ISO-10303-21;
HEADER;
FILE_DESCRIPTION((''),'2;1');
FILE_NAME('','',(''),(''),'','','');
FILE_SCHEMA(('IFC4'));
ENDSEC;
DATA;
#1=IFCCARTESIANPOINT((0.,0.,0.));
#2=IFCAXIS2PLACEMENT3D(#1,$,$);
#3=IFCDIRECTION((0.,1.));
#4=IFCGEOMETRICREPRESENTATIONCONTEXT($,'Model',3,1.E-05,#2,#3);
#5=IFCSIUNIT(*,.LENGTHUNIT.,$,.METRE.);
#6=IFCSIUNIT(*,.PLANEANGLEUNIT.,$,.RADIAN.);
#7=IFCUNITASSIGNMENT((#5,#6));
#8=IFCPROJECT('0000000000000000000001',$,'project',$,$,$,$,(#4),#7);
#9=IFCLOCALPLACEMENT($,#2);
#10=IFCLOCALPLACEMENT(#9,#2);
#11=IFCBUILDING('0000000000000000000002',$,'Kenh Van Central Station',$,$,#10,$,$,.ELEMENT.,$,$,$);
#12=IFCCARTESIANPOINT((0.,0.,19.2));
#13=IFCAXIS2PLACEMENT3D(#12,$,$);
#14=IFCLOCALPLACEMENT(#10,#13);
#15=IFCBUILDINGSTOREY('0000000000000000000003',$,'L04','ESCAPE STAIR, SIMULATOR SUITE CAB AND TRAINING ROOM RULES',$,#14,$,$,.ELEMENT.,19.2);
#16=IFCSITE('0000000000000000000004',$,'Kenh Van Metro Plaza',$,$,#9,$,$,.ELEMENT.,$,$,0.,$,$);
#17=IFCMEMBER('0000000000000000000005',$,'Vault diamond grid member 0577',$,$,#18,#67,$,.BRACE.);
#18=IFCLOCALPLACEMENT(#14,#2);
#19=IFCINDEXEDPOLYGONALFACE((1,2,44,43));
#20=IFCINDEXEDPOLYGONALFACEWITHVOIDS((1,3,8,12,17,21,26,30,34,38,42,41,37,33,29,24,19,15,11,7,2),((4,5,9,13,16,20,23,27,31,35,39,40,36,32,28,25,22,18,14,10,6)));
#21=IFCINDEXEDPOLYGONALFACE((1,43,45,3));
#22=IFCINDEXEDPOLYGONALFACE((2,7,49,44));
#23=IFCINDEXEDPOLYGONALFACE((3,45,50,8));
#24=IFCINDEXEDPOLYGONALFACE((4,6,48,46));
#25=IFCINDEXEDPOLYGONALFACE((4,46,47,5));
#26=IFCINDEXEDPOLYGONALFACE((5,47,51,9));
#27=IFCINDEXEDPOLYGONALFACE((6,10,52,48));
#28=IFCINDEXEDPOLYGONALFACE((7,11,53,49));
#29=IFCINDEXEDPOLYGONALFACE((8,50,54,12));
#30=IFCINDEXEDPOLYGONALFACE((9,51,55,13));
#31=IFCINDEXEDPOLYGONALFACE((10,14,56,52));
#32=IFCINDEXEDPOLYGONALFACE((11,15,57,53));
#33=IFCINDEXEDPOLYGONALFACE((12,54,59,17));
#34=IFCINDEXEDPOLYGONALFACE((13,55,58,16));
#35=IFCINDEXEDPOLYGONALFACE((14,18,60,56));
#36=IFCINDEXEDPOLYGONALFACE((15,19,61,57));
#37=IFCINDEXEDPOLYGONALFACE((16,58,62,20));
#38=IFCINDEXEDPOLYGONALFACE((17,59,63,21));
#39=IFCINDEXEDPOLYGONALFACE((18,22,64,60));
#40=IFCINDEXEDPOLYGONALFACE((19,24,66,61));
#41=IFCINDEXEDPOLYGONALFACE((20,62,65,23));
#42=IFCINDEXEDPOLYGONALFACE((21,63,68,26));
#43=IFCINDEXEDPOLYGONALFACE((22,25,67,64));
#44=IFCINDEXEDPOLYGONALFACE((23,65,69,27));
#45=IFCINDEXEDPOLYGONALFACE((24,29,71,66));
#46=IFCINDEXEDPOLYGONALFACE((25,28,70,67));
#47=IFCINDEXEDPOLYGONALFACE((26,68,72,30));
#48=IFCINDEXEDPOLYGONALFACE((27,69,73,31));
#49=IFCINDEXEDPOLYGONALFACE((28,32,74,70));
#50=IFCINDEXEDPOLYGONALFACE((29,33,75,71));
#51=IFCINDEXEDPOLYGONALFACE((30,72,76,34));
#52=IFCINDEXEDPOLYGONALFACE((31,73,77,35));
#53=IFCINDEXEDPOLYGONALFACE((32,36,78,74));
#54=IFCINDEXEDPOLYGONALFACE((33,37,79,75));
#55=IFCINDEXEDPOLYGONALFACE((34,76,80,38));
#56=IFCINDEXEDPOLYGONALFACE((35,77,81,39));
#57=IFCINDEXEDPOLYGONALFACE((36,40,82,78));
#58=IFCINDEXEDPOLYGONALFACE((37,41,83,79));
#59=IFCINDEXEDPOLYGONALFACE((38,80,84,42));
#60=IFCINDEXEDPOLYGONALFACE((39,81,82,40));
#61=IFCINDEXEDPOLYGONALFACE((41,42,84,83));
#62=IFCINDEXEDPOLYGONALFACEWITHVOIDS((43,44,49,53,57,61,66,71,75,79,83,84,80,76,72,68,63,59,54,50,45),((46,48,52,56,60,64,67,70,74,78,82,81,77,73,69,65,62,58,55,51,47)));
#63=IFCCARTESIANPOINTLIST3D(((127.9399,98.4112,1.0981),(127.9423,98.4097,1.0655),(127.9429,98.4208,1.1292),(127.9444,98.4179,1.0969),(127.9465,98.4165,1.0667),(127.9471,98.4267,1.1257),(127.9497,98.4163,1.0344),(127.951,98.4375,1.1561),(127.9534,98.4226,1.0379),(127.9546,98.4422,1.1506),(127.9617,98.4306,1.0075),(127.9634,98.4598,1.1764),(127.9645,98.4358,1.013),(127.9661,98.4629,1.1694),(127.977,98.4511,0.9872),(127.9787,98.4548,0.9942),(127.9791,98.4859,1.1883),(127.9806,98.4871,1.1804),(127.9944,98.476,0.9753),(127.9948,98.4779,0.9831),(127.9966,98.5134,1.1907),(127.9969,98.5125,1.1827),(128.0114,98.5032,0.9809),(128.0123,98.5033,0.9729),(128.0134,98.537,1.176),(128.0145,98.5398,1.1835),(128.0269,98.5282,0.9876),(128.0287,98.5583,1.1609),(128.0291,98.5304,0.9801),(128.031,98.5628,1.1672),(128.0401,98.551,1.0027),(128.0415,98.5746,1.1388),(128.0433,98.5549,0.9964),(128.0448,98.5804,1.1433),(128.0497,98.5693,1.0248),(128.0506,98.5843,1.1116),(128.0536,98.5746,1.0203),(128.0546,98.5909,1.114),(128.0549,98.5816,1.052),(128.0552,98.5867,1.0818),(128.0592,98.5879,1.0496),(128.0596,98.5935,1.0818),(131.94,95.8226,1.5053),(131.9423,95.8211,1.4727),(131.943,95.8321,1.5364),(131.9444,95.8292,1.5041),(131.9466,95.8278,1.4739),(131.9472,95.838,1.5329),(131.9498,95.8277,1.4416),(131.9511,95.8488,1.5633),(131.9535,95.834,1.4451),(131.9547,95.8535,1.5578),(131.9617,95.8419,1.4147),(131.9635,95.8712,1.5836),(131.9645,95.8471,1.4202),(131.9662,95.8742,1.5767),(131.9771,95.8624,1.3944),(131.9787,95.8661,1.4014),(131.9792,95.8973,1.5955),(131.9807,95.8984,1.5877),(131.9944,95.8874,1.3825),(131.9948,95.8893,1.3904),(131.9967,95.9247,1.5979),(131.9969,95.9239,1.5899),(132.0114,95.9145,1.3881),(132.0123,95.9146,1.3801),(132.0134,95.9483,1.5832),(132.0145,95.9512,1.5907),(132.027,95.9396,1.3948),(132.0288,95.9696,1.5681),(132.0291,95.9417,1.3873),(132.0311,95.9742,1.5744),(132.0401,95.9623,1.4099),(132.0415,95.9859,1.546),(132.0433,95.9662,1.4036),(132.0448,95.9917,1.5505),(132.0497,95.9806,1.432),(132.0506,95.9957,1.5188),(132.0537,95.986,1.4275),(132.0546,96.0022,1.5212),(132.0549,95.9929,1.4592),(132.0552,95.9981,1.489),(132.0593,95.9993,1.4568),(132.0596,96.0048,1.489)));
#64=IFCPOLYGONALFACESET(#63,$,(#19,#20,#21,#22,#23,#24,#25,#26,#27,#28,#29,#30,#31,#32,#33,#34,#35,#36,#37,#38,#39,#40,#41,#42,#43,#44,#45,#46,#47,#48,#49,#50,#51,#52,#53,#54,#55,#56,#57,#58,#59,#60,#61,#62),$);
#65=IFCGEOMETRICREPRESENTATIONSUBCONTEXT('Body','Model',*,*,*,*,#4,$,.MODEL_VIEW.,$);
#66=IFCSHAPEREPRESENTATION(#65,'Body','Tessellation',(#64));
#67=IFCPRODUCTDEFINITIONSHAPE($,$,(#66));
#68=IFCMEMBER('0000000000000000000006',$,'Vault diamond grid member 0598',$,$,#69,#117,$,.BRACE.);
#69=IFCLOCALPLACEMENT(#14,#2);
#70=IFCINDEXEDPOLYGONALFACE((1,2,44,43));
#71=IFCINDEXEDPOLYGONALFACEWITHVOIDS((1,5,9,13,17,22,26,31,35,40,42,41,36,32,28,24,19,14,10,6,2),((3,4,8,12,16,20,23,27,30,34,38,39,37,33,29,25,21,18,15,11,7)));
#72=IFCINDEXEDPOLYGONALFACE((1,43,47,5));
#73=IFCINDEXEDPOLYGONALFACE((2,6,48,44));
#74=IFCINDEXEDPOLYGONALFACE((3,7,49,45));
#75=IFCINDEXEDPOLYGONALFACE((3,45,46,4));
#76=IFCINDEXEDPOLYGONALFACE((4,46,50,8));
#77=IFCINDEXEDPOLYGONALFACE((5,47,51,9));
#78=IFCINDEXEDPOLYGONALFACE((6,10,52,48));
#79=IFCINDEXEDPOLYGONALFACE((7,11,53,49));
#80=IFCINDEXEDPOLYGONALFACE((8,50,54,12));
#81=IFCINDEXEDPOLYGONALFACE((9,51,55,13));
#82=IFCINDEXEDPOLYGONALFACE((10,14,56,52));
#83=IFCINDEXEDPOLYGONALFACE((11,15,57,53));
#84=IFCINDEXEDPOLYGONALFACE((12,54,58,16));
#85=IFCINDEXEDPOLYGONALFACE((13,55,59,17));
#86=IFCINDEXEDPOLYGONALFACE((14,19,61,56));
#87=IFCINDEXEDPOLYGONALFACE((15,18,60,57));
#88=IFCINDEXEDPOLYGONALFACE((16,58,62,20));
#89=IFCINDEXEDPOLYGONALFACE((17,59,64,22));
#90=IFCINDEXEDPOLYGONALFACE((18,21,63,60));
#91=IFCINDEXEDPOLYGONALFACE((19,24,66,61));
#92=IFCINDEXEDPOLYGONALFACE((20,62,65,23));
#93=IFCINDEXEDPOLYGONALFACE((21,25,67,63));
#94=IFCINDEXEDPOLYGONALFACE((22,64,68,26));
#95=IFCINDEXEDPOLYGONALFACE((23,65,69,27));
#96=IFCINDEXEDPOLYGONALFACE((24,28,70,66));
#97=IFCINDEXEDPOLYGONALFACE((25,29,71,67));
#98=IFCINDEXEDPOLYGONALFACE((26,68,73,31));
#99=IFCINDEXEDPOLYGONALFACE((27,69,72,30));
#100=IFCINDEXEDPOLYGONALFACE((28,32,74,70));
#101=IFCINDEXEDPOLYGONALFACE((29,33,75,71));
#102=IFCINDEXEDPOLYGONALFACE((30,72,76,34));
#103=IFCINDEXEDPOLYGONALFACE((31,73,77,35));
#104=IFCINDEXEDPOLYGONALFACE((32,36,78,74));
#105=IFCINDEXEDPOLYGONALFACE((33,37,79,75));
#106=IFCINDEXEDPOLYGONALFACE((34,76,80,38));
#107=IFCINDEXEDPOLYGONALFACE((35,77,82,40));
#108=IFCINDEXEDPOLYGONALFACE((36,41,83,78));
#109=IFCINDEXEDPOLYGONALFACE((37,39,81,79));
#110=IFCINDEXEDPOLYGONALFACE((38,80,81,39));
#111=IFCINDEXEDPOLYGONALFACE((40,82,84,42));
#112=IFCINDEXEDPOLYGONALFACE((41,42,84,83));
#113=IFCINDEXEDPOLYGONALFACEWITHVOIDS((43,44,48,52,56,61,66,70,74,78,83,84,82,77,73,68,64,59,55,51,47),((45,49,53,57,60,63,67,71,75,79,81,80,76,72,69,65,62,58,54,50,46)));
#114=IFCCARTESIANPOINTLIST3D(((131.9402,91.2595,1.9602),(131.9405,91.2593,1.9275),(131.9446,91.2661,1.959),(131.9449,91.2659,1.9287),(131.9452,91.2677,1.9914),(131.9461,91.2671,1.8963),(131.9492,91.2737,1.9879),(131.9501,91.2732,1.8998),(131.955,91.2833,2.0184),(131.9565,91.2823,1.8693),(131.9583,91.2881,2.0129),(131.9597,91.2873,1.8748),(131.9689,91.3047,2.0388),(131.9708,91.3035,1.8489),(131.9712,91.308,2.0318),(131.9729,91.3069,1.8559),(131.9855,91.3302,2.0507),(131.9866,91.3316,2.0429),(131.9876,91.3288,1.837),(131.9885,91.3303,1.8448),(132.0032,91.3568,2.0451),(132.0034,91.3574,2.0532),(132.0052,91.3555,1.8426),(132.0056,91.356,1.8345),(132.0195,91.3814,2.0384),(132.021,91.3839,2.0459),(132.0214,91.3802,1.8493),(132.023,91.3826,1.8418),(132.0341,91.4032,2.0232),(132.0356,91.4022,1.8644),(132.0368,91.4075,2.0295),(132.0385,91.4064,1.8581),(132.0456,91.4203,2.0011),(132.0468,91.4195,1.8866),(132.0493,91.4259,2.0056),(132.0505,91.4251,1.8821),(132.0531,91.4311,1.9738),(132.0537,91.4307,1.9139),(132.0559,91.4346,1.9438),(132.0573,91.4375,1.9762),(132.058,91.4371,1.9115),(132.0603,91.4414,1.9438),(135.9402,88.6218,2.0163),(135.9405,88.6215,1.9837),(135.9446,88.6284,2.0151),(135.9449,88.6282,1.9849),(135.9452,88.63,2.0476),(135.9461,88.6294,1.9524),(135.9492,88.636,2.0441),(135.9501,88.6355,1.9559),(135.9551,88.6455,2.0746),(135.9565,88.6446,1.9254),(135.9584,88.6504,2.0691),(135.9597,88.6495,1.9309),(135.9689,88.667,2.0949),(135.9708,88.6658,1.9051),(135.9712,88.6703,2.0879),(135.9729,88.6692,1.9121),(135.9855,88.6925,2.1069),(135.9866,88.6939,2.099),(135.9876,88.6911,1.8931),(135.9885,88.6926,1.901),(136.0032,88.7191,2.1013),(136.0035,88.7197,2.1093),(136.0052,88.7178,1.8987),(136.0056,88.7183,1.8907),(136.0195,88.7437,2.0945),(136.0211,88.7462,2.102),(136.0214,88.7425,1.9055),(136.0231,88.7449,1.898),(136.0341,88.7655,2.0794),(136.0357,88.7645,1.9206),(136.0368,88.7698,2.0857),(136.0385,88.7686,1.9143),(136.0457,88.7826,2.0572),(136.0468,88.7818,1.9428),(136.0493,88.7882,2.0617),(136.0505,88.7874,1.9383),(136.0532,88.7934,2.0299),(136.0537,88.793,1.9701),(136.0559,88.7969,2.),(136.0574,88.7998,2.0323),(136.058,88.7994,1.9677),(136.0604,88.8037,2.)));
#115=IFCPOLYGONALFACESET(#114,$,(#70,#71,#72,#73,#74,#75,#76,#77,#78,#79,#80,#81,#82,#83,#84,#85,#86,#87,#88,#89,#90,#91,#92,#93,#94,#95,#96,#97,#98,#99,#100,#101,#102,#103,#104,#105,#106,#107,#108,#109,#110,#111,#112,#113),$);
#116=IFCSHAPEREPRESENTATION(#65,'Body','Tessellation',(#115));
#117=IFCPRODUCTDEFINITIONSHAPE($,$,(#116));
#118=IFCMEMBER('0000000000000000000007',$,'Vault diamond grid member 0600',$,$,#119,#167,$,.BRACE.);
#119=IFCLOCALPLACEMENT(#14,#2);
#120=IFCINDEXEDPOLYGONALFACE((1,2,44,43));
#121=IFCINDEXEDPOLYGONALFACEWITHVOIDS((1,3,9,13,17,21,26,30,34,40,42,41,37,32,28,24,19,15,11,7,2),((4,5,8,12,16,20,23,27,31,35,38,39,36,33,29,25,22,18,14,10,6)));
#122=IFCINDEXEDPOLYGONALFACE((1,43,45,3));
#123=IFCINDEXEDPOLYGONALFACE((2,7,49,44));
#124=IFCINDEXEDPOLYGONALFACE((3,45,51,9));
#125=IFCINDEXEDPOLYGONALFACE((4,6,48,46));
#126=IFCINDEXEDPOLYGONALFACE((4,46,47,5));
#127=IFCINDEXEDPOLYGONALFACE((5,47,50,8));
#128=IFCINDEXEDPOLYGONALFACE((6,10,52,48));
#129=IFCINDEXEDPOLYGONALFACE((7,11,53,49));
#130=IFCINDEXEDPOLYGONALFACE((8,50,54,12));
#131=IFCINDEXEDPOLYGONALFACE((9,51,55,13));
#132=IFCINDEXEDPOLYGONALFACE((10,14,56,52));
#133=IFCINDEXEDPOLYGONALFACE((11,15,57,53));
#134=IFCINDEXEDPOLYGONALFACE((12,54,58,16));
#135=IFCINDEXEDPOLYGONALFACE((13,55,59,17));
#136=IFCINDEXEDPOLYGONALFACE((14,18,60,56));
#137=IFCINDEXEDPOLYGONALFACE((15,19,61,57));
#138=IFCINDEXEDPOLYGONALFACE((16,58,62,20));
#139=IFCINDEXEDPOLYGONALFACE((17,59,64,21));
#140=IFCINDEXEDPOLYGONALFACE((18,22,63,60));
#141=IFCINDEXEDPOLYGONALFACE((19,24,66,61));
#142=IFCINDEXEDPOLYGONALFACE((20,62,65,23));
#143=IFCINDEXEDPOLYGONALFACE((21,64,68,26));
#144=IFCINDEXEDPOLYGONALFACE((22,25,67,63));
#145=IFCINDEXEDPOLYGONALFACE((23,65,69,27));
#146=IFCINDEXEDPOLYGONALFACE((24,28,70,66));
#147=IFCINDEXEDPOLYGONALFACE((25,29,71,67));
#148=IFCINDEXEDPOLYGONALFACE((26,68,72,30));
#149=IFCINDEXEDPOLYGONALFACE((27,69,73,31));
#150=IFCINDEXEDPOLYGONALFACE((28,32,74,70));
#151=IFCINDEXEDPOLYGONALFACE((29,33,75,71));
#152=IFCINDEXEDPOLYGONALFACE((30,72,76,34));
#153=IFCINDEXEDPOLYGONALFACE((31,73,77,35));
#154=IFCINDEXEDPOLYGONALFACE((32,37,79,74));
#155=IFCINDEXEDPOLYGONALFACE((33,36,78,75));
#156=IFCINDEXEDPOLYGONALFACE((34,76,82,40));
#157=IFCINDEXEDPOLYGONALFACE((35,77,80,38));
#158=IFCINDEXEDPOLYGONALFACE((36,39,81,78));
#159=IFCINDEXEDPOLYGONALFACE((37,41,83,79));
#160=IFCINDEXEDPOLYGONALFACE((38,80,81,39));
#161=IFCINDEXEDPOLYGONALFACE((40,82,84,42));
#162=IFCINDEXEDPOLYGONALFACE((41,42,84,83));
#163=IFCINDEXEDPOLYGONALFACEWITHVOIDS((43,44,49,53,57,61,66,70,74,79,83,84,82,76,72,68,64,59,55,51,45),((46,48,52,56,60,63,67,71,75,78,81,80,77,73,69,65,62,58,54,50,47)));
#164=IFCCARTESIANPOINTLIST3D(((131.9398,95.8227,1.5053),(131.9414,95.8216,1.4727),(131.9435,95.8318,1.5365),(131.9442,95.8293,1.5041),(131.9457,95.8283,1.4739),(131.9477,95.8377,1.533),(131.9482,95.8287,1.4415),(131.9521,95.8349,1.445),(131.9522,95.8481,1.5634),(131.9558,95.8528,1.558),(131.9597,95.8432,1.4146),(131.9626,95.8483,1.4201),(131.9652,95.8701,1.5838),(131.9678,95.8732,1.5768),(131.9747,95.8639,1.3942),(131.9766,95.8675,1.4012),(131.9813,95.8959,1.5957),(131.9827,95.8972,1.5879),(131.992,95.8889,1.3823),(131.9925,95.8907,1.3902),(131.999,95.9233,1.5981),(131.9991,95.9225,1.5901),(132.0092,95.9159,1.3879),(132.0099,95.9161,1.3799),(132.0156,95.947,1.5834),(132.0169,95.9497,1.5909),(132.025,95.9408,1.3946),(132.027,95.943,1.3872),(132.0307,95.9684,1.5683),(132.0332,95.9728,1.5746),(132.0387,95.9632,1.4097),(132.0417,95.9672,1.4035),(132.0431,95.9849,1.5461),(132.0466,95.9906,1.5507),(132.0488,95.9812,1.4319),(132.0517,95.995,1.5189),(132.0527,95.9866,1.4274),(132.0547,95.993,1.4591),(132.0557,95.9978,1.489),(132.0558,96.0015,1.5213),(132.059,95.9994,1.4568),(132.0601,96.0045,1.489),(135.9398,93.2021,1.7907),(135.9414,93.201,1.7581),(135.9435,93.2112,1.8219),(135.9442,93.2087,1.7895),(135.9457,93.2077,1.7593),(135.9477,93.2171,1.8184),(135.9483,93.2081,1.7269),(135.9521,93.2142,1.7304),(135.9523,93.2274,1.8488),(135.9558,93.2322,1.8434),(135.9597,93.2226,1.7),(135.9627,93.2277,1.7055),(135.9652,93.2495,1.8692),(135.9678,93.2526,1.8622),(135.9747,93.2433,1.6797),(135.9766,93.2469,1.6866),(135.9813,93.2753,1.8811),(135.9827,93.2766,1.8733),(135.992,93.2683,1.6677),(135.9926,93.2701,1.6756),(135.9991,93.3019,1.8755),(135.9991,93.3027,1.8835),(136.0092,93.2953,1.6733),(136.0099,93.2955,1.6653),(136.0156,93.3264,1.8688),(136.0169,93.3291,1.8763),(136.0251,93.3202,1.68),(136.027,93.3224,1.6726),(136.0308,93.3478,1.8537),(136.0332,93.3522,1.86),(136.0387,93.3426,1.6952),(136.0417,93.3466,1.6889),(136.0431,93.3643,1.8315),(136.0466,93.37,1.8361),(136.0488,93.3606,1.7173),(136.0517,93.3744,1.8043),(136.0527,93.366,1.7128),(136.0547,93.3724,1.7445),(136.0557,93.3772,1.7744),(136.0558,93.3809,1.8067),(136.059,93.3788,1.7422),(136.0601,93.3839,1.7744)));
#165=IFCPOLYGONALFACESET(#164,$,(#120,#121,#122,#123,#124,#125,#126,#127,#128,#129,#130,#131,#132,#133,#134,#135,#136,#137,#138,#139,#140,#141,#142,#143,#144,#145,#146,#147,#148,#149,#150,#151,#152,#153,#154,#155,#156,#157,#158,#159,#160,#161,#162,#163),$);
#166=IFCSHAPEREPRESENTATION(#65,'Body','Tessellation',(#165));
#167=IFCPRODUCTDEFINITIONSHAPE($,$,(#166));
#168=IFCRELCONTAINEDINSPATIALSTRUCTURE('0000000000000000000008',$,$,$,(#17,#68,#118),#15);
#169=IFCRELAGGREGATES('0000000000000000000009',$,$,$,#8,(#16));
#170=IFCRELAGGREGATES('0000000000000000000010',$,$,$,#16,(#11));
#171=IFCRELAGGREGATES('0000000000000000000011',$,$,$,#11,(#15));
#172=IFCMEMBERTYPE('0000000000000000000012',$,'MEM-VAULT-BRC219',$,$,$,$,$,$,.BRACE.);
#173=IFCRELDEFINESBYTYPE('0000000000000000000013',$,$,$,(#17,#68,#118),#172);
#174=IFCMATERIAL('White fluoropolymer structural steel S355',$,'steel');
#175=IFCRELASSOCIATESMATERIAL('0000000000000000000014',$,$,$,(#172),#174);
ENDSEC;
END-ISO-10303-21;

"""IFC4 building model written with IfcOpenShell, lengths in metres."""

from ifc_helpers import new_model, si_unit, direction, frame, origin, origin_2d, place, context, subcontext, project, spatial, hollow_circle, extrude, material, material_profile, profile_set, type_object, element, save


model = new_model("IFC4")

# Units and contexts
model_context = context("Model", 3, precision=1e-05, world=origin(), true_north=direction((0.0, 1.0)))
body_context = subcontext(model_context, "Body", "Model", "MODEL_VIEW")
ifc_project = project(units=[si_unit("LENGTHUNIT", "METRE"), si_unit("PLANEANGLEUNIT", "RADIAN")], contexts=[model_context])

# Site, building, storey
site_placement = place(None, origin())
site = spatial("IfcSite", under=ifc_project, at=site_placement, Name="Kenh Van Metro Plaza", CompositionType="ELEMENT", RefElevation=0.0)
building_placement = place(site_placement, origin())
building = spatial("IfcBuilding", under=site, at=building_placement, Name="Kenh Van Central Station", CompositionType="ELEMENT")
storey_placement = place(building_placement, frame((0.0, 0.0, 19.2)))
storey = spatial("IfcBuildingStorey", under=building, at=storey_placement, Name="L04", Description="ESCAPE STAIR, SIMULATOR SUITE CAB AND TRAINING ROOM RULES", CompositionType="ELEMENT", Elevation=19.2)

# Shared definitions
ifc_material_1 = material(Name="White fluoropolymer structural steel S355", Category="steel")

# Members
ifc_material_profile_1 = material_profile(ifc_material_1, hollow_circle(Radius=0.1096, WallThickness=0.0081, at=origin_2d()), Name="CHS 219.1x8")
ifc_profile_set_1 = profile_set([ifc_material_profile_1], Name="White fluoropolymer structural steel S355")
member_type_1 = type_object("IfcMemberType", Name="MEM-VAULT-BRC219", PredefinedType="BRACE", material=ifc_profile_set_1)
member_1_placement = place(storey_placement, frame((128.0, 98.5015, 1.0818), z_axis=(0.836483, -0.541335, 0.08516), x_axis=(0.543309, 0.839533, 0.0)))
element("IfcMember", 1, at=member_1_placement, inside=storey, type_object=member_type_1, Name="Vault diamond grid member 0577", PredefinedType="BRACE", context=body_context, shape_type="SweptSolid", body=[
    extrude(hollow_circle(Radius=0.1096, WallThickness=0.0081, at=origin_2d()), origin(), (0.0, 0.0, 1.0), 4.782),
])
member_2_placement = place(storey_placement, frame((132.0, 91.3499, 1.9438), z_axis=(0.834773, -0.550469, 0.011719), x_axis=(0.550507, 0.83483, 0.0)))
element("IfcMember", 2, at=member_2_placement, inside=storey, type_object=member_type_1, Name="Vault diamond grid member 0598", PredefinedType="BRACE", context=body_context, shape_type="SweptSolid", body=[
    extrude(hollow_circle(Radius=0.1096, WallThickness=0.0081, at=origin_2d()), origin(), (0.0, 0.0, 1.0), 4.7917),
])
member_3_placement = place(storey_placement, frame((132.0, 95.9128, 1.489), z_axis=(0.834983, -0.547041, 0.059576), x_axis=(0.548014, 0.836469, 0.0)))
element("IfcMember", 3, at=member_3_placement, inside=storey, type_object=member_type_1, Name="Vault diamond grid member 0600", PredefinedType="BRACE", context=body_context, shape_type="SweptSolid", body=[
    extrude(hollow_circle(Radius=0.1096, WallThickness=0.0081, at=origin_2d()), origin(), (0.0, 0.0, 1.0), 4.7905),
])

save(model, "model.ifc")
